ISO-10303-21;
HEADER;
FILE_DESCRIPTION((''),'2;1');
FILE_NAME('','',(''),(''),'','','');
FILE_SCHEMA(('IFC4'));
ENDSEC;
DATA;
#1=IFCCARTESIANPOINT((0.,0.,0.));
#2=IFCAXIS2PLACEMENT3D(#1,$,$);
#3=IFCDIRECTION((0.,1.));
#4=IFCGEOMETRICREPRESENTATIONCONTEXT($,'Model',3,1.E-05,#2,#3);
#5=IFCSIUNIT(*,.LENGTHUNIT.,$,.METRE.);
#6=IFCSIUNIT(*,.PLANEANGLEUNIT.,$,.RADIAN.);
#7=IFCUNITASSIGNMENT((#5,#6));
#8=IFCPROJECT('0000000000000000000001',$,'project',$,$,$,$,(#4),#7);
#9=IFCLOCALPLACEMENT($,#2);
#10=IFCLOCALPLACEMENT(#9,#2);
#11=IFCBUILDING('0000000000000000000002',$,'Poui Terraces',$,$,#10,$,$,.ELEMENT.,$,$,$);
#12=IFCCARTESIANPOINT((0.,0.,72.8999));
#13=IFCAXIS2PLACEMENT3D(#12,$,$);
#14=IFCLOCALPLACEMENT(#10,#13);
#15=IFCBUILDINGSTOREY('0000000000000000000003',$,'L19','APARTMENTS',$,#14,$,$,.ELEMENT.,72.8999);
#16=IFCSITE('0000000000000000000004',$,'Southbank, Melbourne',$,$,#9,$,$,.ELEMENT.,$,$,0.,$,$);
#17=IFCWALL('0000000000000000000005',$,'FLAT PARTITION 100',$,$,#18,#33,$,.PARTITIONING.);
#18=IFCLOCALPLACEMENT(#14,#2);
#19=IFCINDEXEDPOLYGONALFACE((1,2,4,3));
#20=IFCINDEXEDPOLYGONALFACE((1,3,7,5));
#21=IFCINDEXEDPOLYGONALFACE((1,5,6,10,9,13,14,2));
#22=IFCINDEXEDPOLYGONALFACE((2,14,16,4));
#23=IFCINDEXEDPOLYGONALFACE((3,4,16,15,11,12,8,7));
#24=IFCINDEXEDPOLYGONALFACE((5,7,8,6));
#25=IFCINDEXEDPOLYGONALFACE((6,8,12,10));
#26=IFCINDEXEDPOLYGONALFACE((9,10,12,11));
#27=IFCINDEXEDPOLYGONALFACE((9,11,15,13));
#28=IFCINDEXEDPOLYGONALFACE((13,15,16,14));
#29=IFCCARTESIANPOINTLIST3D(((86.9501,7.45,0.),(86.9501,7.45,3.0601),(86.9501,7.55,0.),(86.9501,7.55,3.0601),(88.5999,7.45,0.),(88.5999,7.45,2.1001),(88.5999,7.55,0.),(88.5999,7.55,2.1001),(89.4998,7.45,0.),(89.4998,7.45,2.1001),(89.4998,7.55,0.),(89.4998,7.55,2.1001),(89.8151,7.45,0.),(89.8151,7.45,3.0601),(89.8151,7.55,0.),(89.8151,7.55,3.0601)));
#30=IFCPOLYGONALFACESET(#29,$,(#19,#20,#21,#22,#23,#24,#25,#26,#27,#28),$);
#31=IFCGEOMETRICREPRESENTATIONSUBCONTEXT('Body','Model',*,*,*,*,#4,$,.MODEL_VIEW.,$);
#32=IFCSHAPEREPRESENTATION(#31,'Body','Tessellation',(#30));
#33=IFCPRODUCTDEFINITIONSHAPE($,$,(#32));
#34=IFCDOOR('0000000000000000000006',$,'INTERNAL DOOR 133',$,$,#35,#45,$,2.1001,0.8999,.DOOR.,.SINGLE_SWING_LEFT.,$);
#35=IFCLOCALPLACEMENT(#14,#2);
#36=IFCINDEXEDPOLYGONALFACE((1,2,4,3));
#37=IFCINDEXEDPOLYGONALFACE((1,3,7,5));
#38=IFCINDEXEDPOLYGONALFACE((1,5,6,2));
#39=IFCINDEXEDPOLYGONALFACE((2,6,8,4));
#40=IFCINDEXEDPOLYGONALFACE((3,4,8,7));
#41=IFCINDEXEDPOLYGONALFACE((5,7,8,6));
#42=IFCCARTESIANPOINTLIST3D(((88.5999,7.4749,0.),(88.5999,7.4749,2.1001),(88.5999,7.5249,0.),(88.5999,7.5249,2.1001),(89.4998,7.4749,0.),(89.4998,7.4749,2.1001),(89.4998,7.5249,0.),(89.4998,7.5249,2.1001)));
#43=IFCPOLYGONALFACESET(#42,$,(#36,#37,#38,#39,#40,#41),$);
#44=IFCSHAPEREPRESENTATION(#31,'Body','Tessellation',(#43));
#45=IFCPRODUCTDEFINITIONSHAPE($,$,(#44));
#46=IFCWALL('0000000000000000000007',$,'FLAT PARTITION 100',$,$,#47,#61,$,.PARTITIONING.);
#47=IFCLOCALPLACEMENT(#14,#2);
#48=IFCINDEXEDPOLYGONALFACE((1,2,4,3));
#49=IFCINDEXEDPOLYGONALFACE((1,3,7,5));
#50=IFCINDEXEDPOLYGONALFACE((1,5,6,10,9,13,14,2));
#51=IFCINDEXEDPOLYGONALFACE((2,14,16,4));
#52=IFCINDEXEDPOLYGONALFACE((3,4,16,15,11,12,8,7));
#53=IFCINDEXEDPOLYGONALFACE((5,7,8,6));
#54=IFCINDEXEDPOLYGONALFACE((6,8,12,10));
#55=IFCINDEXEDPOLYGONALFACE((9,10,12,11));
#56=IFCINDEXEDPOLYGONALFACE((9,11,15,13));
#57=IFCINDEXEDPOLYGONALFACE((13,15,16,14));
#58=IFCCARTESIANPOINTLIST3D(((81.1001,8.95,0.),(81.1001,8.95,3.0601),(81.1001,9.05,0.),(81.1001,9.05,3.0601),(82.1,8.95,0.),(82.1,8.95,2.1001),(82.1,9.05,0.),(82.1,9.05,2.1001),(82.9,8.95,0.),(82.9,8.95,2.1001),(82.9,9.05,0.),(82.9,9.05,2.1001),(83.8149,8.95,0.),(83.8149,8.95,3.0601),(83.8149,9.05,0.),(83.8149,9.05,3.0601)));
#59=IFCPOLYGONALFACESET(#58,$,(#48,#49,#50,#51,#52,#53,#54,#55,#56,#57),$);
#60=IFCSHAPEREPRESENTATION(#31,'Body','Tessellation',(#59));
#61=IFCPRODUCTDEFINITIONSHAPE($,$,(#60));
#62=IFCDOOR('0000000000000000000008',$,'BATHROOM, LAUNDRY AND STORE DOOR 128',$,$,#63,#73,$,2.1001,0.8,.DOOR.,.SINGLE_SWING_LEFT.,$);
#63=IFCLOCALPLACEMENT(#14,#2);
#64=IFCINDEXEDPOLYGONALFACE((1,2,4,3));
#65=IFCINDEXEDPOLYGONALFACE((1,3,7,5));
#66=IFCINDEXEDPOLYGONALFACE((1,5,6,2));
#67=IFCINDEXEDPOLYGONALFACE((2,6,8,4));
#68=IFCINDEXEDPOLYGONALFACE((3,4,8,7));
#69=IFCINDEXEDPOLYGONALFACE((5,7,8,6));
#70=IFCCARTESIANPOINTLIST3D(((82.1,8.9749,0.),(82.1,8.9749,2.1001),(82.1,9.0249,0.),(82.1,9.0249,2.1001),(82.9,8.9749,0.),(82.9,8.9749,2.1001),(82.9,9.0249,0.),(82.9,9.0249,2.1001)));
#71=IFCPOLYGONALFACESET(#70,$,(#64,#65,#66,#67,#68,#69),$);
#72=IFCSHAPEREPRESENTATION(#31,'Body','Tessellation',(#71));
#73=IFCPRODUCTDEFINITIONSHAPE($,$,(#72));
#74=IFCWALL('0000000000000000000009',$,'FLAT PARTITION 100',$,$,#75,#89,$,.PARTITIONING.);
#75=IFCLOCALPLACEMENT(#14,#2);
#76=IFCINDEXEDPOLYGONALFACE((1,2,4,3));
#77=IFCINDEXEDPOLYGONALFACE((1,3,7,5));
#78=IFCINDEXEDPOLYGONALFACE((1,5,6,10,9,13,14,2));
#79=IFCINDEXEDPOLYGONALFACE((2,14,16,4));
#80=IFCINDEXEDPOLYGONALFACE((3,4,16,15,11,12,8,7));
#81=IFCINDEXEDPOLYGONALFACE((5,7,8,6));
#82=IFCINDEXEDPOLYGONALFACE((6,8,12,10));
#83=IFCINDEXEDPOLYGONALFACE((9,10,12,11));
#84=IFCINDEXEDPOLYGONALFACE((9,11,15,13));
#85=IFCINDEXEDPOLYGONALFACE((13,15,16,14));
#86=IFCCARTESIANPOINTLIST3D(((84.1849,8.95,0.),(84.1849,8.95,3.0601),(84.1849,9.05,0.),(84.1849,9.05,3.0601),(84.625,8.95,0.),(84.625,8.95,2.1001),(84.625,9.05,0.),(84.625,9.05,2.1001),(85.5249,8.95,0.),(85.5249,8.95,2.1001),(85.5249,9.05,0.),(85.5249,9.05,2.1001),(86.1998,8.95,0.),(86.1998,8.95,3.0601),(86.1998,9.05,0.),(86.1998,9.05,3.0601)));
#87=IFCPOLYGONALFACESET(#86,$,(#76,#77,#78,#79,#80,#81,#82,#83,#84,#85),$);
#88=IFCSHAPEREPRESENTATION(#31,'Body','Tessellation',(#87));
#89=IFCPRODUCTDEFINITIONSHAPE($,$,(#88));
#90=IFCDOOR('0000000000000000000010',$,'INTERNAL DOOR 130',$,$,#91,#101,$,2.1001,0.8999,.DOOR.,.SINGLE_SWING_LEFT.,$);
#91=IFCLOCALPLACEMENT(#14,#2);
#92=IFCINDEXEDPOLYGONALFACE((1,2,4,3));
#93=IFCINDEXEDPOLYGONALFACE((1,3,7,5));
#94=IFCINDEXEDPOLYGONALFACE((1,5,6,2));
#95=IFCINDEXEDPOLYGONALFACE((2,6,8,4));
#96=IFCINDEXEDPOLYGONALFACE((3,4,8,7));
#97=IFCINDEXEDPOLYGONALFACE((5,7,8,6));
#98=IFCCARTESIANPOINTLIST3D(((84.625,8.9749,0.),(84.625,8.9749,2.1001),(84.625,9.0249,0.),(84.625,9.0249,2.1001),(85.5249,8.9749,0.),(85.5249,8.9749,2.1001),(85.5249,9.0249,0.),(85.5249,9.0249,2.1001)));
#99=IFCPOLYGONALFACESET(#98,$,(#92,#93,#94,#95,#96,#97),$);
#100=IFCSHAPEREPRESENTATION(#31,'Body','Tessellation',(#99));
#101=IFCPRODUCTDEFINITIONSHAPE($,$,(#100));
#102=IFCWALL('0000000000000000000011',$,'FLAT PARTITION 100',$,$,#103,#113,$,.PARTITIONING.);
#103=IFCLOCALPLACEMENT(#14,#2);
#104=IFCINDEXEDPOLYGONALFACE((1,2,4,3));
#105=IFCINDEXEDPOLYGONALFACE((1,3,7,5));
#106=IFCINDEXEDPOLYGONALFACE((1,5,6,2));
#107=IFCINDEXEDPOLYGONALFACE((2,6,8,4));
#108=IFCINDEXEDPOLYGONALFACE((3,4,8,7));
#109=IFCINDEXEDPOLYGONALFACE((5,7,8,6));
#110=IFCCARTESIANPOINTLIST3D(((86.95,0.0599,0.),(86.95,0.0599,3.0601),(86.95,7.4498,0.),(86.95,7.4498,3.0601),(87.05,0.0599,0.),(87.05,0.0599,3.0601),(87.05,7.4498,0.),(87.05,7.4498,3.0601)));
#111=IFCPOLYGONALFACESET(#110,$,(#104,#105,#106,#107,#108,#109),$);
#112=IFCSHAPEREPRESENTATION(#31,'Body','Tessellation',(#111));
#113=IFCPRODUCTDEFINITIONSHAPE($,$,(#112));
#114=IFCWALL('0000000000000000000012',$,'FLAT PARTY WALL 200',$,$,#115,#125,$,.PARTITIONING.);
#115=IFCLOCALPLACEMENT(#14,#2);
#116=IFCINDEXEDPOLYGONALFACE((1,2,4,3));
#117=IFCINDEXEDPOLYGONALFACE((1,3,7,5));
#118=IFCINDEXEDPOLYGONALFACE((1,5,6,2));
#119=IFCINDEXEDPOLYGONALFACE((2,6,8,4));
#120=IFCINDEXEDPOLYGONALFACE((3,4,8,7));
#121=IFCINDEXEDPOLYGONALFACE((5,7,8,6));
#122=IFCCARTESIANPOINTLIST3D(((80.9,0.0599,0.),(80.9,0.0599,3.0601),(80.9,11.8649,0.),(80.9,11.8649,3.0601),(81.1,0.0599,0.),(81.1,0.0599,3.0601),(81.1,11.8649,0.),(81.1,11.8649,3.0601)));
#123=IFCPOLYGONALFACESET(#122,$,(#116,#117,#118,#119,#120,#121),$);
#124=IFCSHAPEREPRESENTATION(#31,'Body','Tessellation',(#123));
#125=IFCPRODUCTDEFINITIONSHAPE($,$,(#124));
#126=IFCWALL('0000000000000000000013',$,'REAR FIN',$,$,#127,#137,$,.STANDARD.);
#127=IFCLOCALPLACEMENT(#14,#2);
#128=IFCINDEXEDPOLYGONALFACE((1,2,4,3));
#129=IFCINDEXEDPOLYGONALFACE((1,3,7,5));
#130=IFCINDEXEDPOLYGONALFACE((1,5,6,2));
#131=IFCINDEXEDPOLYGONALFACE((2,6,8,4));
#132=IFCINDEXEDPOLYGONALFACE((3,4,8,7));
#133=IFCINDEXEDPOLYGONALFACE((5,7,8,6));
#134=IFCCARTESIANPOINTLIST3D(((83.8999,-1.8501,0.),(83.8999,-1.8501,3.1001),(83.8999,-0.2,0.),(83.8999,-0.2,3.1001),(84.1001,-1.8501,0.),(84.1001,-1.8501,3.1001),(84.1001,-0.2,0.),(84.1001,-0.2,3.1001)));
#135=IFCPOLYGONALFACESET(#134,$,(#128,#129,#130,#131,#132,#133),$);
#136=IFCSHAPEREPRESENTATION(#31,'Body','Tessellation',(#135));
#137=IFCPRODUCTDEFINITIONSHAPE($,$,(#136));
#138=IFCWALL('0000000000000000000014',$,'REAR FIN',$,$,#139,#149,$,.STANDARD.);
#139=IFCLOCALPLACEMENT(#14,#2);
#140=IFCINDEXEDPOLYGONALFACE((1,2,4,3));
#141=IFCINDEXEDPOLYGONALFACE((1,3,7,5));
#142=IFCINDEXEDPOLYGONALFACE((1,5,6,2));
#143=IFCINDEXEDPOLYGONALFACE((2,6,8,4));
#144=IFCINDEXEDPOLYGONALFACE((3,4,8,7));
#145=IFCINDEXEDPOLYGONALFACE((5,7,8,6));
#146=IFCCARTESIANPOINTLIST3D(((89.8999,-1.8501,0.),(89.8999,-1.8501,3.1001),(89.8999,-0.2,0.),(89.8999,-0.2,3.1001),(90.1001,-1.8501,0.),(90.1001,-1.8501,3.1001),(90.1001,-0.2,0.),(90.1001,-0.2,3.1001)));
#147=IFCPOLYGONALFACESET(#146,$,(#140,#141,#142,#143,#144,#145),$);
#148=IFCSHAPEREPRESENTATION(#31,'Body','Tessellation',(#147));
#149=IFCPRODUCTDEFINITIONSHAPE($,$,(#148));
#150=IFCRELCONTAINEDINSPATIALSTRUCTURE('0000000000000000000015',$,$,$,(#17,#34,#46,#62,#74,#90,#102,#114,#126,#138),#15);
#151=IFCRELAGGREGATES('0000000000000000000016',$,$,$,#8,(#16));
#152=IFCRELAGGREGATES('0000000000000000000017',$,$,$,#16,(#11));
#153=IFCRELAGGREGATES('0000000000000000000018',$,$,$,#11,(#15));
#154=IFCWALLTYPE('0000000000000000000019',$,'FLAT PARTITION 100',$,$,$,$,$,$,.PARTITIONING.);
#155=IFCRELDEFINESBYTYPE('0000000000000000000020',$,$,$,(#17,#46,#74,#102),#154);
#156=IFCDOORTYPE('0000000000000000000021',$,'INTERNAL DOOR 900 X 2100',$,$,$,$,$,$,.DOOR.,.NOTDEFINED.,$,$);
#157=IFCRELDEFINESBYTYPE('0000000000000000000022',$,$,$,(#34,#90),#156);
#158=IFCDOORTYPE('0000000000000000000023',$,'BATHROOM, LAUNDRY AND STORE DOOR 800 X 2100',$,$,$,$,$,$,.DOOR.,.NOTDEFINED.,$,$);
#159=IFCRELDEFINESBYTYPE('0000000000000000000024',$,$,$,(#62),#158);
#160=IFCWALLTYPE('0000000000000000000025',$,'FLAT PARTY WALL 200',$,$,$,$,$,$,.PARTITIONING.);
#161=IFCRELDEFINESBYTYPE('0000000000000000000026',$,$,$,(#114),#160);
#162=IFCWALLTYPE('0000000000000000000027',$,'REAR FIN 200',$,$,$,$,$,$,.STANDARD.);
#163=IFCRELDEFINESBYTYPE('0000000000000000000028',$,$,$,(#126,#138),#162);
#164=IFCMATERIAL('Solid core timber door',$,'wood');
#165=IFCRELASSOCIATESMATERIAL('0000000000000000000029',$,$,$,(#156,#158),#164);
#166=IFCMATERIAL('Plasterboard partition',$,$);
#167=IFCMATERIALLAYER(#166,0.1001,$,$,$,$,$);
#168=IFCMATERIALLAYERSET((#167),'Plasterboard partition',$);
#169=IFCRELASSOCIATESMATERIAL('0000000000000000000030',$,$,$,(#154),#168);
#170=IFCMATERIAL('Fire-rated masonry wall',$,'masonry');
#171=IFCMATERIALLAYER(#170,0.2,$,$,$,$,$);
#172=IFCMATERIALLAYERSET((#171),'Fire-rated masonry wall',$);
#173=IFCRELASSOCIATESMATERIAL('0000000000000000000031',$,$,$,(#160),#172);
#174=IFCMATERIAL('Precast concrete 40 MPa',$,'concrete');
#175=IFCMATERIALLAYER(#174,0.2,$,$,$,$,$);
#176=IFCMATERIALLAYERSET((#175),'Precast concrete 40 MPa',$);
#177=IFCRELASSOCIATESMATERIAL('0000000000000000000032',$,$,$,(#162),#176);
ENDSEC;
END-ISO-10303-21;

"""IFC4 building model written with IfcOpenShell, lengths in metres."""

from ifc_helpers import new_model, si_unit, direction, frame, frame_2d, origin, place, context, subcontext, project, spatial, polyline, rectangle, outline, extrude, source, transform, mapped, material, layer, layer_set, type_object, element, fill, save


model = new_model("IFC4")

# Units and contexts
model_context = context("Model", 3, precision=1e-05, world=origin(), true_north=direction((0.0, 1.0)))
body_context = subcontext(model_context, "Body", "Model", "MODEL_VIEW")
ifc_project = project(units=[si_unit("LENGTHUNIT", "METRE"), si_unit("PLANEANGLEUNIT", "RADIAN")], contexts=[model_context])

# Site, building, storey
site_placement = place(None, origin())
site = spatial("IfcSite", under=ifc_project, at=site_placement, Name="Southbank, Melbourne", CompositionType="ELEMENT", RefElevation=0.0)
building_placement = place(site_placement, origin())
building = spatial("IfcBuilding", under=site, at=building_placement, Name="Poui Terraces", CompositionType="ELEMENT")
storey_placement = place(building_placement, frame((0.0, 0.0, 72.8999)))
storey = spatial("IfcBuildingStorey", under=building, at=storey_placement, Name="L19", Description="APARTMENTS", CompositionType="ELEMENT", Elevation=72.8999)

# Shared definitions
ifc_material_1 = material(Name="Precast concrete 40 MPa", Category="concrete")

# Shared definitions
ifc_material_2 = material(Name="Solid core timber door", Category="wood")
door_type_1 = type_object("IfcDoorType", Name="INTERNAL DOOR 900 X 2100", OperationType="NOTDEFINED", PredefinedType="DOOR", material=ifc_material_2)

# Walls, openings, doors
ifc_material_3 = material(Name="Plasterboard partition")
ifc_layer_1 = layer(ifc_material_3, 0.1001)
ifc_layer_set_1 = layer_set([ifc_layer_1], Name="Plasterboard partition")
wall_type_1 = type_object("IfcWallType", Name="FLAT PARTITION 100", PredefinedType="PARTITIONING", material=ifc_layer_set_1)
wall_1_placement = place(storey_placement, frame((86.95, 7.5, 0.0), z_axis=(0.0, 0.0, 1.0), x_axis=(1.0, 0.0, 0.0)))
wall_1 = element("IfcWall", 1, at=wall_1_placement, inside=storey, type_object=wall_type_1, Name="FLAT PARTITION 100", PredefinedType="PARTITIONING", context=body_context, shape_type="SweptSolid", body=[
    extrude(rectangle(XDim=2.865, YDim=0.1001, at=frame_2d((1.4326, 0.0))), origin(), (0.0, 0.0, 1.0), 3.0601),
])
opening_1_placement = place(wall_1_placement, frame((1.6499, 0.0, 0.0)))
opening_1 = element("IfcOpeningElement", 2, at=opening_1_placement, cuts=wall_1, PredefinedType="OPENING", context=body_context, shape_type="SweptSolid", body=[
    extrude(rectangle(XDim=0.8999, YDim=2.1001, at=frame_2d((0.45, 1.05))), frame((0.0, 0.0601, 0.0), z_axis=(0.0, -1.0, 0.0), x_axis=(1.0, 0.0, 0.0)), (0.0, 0.0, 1.0), 0.1201),
])
door_1_placement = place(opening_1_placement, origin())
door_1 = element("IfcDoor", 3, at=door_1_placement, inside=storey, type_object=door_type_1, Name="INTERNAL DOOR 133", OperationType="SINGLE_SWING_LEFT", OverallHeight=2.1001, OverallWidth=0.8999, PredefinedType="DOOR", context=body_context, shape_type="SweptSolid", body=[
    extrude(rectangle(XDim=0.8999, YDim=2.1001, at=frame_2d((0.45, 1.05))), frame((0.0, 0.0249, 0.0), z_axis=(0.0, -1.0, 0.0), x_axis=(1.0, 0.0, 0.0)), (0.0, 0.0, 1.0), 0.05),
])
fill(opening_1, door_1)
wall_2_placement = place(storey_placement, frame((81.1001, 9.0, 0.0), z_axis=(0.0, 0.0, 1.0), x_axis=(1.0, 0.0, 0.0)))
wall_2 = element("IfcWall", 4, at=wall_2_placement, inside=storey, type_object=wall_type_1, Name="FLAT PARTITION 100", PredefinedType="PARTITIONING", context=body_context, shape_type="SweptSolid", body=[
    extrude(rectangle(XDim=2.7148, YDim=0.1001, at=frame_2d((1.3574, 0.0))), origin(), (0.0, 0.0, 1.0), 3.0601),
])
opening_2_placement = place(wall_2_placement, frame((1.0, 0.0, 0.0)))
opening_2 = element("IfcOpeningElement", 5, at=opening_2_placement, cuts=wall_2, PredefinedType="OPENING", context=body_context, shape_type="SweptSolid", body=[
    extrude(rectangle(XDim=0.8, YDim=2.1001, at=frame_2d((0.3999, 1.05))), frame((0.0, 0.0601, 0.0), z_axis=(0.0, -1.0, 0.0), x_axis=(1.0, 0.0, 0.0)), (0.0, 0.0, 1.0), 0.1201),
])
door_type_2 = type_object("IfcDoorType", Name="BATHROOM, LAUNDRY AND STORE DOOR 800 X 2100", OperationType="NOTDEFINED", PredefinedType="DOOR", material=ifc_material_2)
door_2_placement = place(opening_2_placement, origin())
door_2 = element("IfcDoor", 6, at=door_2_placement, inside=storey, type_object=door_type_2, Name="BATHROOM, LAUNDRY AND STORE DOOR 128", OperationType="SINGLE_SWING_LEFT", OverallHeight=2.1001, OverallWidth=0.8, PredefinedType="DOOR", context=body_context, shape_type="SweptSolid", body=[
    extrude(rectangle(XDim=0.8, YDim=2.1001, at=frame_2d((0.3999, 1.05))), frame((0.0, 0.0249, 0.0), z_axis=(0.0, -1.0, 0.0), x_axis=(1.0, 0.0, 0.0)), (0.0, 0.0, 1.0), 0.05),
])
fill(opening_2, door_2)
wall_3_placement = place(storey_placement, frame((84.1851, 9.0, 0.0), z_axis=(0.0, 0.0, 1.0), x_axis=(1.0, 0.0, 0.0)))
wall_3 = element("IfcWall", 7, at=wall_3_placement, inside=storey, type_object=wall_type_1, Name="FLAT PARTITION 100", PredefinedType="PARTITIONING", context=body_context, shape_type="SweptSolid", body=[
    extrude(rectangle(XDim=2.0149, YDim=0.1001, at=frame_2d((1.0073, 0.0))), origin(), (0.0, 0.0, 1.0), 3.0601),
])
opening_3_placement = place(wall_3_placement, frame((0.4399, 0.0, 0.0)))
opening_3 = element("IfcOpeningElement", 8, at=opening_3_placement, cuts=wall_3, PredefinedType="OPENING", context=body_context, shape_type="SweptSolid", body=[
    extrude(rectangle(XDim=0.8999, YDim=2.1001, at=frame_2d((0.45, 1.05))), frame((0.0, 0.0601, 0.0), z_axis=(0.0, -1.0, 0.0), x_axis=(1.0, 0.0, 0.0)), (0.0, 0.0, 1.0), 0.1201),
])
door_3_placement = place(opening_3_placement, origin())
door_3 = element("IfcDoor", 9, at=door_3_placement, inside=storey, type_object=door_type_1, Name="INTERNAL DOOR 130", OperationType="SINGLE_SWING_LEFT", OverallHeight=2.1001, OverallWidth=0.8999, PredefinedType="DOOR", context=body_context, shape_type="SweptSolid", body=[
    extrude(rectangle(XDim=0.8999, YDim=2.1001, at=frame_2d((0.45, 1.05))), frame((0.0, 0.0249, 0.0), z_axis=(0.0, -1.0, 0.0), x_axis=(1.0, 0.0, 0.0)), (0.0, 0.0, 1.0), 0.05),
])
fill(opening_3, door_3)

# Walls
wall_4_placement = place(storey_placement, frame((87.0, 0.0601, 0.0), z_axis=(0.0, 0.0, 1.0), x_axis=(0.0, 1.0, 0.0)))
element("IfcWall", 10, at=wall_4_placement, inside=storey, type_object=wall_type_1, Name="FLAT PARTITION 100", PredefinedType="PARTITIONING", context=body_context, shape_type="SweptSolid", body=[
    extrude(rectangle(XDim=7.3899, YDim=0.1001, at=frame_2d((3.6948, 0.0))), origin(), (0.0, 0.0, 1.0), 3.0601),
])
ifc_material_4 = material(Name="Fire-rated masonry wall", Category="masonry")
ifc_layer_2 = layer(ifc_material_4, 0.2)
ifc_layer_set_2 = layer_set([ifc_layer_2], Name="Fire-rated masonry wall")
wall_type_2 = type_object("IfcWallType", Name="FLAT PARTY WALL 200", PredefinedType="PARTITIONING", material=ifc_layer_set_2)
wall_5_placement = place(storey_placement, frame((81.0, 0.0601, 0.0), z_axis=(0.0, 0.0, 1.0), x_axis=(0.0, 1.0, 0.0)))
element("IfcWall", 11, at=wall_5_placement, inside=storey, type_object=wall_type_2, Name="FLAT PARTY WALL 200", PredefinedType="PARTITIONING", context=body_context, shape_type="SweptSolid", body=[
    extrude(rectangle(XDim=11.8049, YDim=0.2, at=frame_2d((5.9023, 0.0))), origin(), (0.0, 0.0, 1.0), 3.0601),
])
ifc_layer_3 = layer(ifc_material_1, 0.2)
ifc_layer_set_3 = layer_set([ifc_layer_3], Name="Precast concrete 40 MPa")
wall_type_3 = type_object("IfcWallType", Name="REAR FIN 200", PredefinedType="STANDARD", material=ifc_layer_set_3)
shared_shape_1 = source(origin(), body_context, "Body", "SweptSolid", [
    extrude(outline(polyline([(0.0, 0.0), (0.2002, 0.0), (0.2002, 1.6501), (0.0, 1.6501), (0.0, 0.0)])), origin(), (0.0, 0.0, 1.0), 3.1001),
])
for number, where, name in (
    (12, (83.8999, -1.8501, 0.0), "REAR FIN"),
    (13, (89.8999, -1.8501, 0.0), "REAR FIN"),
):
    element("IfcWall", number, at=place(storey_placement, frame(where)), inside=storey, type_object=wall_type_3, Name=name, PredefinedType="STANDARD", context=body_context, shape_type="MappedRepresentation", body=[
        mapped(shared_shape_1, transform((0.0, 0.0, 0.0))),
    ])

save(model, "model.ifc")
